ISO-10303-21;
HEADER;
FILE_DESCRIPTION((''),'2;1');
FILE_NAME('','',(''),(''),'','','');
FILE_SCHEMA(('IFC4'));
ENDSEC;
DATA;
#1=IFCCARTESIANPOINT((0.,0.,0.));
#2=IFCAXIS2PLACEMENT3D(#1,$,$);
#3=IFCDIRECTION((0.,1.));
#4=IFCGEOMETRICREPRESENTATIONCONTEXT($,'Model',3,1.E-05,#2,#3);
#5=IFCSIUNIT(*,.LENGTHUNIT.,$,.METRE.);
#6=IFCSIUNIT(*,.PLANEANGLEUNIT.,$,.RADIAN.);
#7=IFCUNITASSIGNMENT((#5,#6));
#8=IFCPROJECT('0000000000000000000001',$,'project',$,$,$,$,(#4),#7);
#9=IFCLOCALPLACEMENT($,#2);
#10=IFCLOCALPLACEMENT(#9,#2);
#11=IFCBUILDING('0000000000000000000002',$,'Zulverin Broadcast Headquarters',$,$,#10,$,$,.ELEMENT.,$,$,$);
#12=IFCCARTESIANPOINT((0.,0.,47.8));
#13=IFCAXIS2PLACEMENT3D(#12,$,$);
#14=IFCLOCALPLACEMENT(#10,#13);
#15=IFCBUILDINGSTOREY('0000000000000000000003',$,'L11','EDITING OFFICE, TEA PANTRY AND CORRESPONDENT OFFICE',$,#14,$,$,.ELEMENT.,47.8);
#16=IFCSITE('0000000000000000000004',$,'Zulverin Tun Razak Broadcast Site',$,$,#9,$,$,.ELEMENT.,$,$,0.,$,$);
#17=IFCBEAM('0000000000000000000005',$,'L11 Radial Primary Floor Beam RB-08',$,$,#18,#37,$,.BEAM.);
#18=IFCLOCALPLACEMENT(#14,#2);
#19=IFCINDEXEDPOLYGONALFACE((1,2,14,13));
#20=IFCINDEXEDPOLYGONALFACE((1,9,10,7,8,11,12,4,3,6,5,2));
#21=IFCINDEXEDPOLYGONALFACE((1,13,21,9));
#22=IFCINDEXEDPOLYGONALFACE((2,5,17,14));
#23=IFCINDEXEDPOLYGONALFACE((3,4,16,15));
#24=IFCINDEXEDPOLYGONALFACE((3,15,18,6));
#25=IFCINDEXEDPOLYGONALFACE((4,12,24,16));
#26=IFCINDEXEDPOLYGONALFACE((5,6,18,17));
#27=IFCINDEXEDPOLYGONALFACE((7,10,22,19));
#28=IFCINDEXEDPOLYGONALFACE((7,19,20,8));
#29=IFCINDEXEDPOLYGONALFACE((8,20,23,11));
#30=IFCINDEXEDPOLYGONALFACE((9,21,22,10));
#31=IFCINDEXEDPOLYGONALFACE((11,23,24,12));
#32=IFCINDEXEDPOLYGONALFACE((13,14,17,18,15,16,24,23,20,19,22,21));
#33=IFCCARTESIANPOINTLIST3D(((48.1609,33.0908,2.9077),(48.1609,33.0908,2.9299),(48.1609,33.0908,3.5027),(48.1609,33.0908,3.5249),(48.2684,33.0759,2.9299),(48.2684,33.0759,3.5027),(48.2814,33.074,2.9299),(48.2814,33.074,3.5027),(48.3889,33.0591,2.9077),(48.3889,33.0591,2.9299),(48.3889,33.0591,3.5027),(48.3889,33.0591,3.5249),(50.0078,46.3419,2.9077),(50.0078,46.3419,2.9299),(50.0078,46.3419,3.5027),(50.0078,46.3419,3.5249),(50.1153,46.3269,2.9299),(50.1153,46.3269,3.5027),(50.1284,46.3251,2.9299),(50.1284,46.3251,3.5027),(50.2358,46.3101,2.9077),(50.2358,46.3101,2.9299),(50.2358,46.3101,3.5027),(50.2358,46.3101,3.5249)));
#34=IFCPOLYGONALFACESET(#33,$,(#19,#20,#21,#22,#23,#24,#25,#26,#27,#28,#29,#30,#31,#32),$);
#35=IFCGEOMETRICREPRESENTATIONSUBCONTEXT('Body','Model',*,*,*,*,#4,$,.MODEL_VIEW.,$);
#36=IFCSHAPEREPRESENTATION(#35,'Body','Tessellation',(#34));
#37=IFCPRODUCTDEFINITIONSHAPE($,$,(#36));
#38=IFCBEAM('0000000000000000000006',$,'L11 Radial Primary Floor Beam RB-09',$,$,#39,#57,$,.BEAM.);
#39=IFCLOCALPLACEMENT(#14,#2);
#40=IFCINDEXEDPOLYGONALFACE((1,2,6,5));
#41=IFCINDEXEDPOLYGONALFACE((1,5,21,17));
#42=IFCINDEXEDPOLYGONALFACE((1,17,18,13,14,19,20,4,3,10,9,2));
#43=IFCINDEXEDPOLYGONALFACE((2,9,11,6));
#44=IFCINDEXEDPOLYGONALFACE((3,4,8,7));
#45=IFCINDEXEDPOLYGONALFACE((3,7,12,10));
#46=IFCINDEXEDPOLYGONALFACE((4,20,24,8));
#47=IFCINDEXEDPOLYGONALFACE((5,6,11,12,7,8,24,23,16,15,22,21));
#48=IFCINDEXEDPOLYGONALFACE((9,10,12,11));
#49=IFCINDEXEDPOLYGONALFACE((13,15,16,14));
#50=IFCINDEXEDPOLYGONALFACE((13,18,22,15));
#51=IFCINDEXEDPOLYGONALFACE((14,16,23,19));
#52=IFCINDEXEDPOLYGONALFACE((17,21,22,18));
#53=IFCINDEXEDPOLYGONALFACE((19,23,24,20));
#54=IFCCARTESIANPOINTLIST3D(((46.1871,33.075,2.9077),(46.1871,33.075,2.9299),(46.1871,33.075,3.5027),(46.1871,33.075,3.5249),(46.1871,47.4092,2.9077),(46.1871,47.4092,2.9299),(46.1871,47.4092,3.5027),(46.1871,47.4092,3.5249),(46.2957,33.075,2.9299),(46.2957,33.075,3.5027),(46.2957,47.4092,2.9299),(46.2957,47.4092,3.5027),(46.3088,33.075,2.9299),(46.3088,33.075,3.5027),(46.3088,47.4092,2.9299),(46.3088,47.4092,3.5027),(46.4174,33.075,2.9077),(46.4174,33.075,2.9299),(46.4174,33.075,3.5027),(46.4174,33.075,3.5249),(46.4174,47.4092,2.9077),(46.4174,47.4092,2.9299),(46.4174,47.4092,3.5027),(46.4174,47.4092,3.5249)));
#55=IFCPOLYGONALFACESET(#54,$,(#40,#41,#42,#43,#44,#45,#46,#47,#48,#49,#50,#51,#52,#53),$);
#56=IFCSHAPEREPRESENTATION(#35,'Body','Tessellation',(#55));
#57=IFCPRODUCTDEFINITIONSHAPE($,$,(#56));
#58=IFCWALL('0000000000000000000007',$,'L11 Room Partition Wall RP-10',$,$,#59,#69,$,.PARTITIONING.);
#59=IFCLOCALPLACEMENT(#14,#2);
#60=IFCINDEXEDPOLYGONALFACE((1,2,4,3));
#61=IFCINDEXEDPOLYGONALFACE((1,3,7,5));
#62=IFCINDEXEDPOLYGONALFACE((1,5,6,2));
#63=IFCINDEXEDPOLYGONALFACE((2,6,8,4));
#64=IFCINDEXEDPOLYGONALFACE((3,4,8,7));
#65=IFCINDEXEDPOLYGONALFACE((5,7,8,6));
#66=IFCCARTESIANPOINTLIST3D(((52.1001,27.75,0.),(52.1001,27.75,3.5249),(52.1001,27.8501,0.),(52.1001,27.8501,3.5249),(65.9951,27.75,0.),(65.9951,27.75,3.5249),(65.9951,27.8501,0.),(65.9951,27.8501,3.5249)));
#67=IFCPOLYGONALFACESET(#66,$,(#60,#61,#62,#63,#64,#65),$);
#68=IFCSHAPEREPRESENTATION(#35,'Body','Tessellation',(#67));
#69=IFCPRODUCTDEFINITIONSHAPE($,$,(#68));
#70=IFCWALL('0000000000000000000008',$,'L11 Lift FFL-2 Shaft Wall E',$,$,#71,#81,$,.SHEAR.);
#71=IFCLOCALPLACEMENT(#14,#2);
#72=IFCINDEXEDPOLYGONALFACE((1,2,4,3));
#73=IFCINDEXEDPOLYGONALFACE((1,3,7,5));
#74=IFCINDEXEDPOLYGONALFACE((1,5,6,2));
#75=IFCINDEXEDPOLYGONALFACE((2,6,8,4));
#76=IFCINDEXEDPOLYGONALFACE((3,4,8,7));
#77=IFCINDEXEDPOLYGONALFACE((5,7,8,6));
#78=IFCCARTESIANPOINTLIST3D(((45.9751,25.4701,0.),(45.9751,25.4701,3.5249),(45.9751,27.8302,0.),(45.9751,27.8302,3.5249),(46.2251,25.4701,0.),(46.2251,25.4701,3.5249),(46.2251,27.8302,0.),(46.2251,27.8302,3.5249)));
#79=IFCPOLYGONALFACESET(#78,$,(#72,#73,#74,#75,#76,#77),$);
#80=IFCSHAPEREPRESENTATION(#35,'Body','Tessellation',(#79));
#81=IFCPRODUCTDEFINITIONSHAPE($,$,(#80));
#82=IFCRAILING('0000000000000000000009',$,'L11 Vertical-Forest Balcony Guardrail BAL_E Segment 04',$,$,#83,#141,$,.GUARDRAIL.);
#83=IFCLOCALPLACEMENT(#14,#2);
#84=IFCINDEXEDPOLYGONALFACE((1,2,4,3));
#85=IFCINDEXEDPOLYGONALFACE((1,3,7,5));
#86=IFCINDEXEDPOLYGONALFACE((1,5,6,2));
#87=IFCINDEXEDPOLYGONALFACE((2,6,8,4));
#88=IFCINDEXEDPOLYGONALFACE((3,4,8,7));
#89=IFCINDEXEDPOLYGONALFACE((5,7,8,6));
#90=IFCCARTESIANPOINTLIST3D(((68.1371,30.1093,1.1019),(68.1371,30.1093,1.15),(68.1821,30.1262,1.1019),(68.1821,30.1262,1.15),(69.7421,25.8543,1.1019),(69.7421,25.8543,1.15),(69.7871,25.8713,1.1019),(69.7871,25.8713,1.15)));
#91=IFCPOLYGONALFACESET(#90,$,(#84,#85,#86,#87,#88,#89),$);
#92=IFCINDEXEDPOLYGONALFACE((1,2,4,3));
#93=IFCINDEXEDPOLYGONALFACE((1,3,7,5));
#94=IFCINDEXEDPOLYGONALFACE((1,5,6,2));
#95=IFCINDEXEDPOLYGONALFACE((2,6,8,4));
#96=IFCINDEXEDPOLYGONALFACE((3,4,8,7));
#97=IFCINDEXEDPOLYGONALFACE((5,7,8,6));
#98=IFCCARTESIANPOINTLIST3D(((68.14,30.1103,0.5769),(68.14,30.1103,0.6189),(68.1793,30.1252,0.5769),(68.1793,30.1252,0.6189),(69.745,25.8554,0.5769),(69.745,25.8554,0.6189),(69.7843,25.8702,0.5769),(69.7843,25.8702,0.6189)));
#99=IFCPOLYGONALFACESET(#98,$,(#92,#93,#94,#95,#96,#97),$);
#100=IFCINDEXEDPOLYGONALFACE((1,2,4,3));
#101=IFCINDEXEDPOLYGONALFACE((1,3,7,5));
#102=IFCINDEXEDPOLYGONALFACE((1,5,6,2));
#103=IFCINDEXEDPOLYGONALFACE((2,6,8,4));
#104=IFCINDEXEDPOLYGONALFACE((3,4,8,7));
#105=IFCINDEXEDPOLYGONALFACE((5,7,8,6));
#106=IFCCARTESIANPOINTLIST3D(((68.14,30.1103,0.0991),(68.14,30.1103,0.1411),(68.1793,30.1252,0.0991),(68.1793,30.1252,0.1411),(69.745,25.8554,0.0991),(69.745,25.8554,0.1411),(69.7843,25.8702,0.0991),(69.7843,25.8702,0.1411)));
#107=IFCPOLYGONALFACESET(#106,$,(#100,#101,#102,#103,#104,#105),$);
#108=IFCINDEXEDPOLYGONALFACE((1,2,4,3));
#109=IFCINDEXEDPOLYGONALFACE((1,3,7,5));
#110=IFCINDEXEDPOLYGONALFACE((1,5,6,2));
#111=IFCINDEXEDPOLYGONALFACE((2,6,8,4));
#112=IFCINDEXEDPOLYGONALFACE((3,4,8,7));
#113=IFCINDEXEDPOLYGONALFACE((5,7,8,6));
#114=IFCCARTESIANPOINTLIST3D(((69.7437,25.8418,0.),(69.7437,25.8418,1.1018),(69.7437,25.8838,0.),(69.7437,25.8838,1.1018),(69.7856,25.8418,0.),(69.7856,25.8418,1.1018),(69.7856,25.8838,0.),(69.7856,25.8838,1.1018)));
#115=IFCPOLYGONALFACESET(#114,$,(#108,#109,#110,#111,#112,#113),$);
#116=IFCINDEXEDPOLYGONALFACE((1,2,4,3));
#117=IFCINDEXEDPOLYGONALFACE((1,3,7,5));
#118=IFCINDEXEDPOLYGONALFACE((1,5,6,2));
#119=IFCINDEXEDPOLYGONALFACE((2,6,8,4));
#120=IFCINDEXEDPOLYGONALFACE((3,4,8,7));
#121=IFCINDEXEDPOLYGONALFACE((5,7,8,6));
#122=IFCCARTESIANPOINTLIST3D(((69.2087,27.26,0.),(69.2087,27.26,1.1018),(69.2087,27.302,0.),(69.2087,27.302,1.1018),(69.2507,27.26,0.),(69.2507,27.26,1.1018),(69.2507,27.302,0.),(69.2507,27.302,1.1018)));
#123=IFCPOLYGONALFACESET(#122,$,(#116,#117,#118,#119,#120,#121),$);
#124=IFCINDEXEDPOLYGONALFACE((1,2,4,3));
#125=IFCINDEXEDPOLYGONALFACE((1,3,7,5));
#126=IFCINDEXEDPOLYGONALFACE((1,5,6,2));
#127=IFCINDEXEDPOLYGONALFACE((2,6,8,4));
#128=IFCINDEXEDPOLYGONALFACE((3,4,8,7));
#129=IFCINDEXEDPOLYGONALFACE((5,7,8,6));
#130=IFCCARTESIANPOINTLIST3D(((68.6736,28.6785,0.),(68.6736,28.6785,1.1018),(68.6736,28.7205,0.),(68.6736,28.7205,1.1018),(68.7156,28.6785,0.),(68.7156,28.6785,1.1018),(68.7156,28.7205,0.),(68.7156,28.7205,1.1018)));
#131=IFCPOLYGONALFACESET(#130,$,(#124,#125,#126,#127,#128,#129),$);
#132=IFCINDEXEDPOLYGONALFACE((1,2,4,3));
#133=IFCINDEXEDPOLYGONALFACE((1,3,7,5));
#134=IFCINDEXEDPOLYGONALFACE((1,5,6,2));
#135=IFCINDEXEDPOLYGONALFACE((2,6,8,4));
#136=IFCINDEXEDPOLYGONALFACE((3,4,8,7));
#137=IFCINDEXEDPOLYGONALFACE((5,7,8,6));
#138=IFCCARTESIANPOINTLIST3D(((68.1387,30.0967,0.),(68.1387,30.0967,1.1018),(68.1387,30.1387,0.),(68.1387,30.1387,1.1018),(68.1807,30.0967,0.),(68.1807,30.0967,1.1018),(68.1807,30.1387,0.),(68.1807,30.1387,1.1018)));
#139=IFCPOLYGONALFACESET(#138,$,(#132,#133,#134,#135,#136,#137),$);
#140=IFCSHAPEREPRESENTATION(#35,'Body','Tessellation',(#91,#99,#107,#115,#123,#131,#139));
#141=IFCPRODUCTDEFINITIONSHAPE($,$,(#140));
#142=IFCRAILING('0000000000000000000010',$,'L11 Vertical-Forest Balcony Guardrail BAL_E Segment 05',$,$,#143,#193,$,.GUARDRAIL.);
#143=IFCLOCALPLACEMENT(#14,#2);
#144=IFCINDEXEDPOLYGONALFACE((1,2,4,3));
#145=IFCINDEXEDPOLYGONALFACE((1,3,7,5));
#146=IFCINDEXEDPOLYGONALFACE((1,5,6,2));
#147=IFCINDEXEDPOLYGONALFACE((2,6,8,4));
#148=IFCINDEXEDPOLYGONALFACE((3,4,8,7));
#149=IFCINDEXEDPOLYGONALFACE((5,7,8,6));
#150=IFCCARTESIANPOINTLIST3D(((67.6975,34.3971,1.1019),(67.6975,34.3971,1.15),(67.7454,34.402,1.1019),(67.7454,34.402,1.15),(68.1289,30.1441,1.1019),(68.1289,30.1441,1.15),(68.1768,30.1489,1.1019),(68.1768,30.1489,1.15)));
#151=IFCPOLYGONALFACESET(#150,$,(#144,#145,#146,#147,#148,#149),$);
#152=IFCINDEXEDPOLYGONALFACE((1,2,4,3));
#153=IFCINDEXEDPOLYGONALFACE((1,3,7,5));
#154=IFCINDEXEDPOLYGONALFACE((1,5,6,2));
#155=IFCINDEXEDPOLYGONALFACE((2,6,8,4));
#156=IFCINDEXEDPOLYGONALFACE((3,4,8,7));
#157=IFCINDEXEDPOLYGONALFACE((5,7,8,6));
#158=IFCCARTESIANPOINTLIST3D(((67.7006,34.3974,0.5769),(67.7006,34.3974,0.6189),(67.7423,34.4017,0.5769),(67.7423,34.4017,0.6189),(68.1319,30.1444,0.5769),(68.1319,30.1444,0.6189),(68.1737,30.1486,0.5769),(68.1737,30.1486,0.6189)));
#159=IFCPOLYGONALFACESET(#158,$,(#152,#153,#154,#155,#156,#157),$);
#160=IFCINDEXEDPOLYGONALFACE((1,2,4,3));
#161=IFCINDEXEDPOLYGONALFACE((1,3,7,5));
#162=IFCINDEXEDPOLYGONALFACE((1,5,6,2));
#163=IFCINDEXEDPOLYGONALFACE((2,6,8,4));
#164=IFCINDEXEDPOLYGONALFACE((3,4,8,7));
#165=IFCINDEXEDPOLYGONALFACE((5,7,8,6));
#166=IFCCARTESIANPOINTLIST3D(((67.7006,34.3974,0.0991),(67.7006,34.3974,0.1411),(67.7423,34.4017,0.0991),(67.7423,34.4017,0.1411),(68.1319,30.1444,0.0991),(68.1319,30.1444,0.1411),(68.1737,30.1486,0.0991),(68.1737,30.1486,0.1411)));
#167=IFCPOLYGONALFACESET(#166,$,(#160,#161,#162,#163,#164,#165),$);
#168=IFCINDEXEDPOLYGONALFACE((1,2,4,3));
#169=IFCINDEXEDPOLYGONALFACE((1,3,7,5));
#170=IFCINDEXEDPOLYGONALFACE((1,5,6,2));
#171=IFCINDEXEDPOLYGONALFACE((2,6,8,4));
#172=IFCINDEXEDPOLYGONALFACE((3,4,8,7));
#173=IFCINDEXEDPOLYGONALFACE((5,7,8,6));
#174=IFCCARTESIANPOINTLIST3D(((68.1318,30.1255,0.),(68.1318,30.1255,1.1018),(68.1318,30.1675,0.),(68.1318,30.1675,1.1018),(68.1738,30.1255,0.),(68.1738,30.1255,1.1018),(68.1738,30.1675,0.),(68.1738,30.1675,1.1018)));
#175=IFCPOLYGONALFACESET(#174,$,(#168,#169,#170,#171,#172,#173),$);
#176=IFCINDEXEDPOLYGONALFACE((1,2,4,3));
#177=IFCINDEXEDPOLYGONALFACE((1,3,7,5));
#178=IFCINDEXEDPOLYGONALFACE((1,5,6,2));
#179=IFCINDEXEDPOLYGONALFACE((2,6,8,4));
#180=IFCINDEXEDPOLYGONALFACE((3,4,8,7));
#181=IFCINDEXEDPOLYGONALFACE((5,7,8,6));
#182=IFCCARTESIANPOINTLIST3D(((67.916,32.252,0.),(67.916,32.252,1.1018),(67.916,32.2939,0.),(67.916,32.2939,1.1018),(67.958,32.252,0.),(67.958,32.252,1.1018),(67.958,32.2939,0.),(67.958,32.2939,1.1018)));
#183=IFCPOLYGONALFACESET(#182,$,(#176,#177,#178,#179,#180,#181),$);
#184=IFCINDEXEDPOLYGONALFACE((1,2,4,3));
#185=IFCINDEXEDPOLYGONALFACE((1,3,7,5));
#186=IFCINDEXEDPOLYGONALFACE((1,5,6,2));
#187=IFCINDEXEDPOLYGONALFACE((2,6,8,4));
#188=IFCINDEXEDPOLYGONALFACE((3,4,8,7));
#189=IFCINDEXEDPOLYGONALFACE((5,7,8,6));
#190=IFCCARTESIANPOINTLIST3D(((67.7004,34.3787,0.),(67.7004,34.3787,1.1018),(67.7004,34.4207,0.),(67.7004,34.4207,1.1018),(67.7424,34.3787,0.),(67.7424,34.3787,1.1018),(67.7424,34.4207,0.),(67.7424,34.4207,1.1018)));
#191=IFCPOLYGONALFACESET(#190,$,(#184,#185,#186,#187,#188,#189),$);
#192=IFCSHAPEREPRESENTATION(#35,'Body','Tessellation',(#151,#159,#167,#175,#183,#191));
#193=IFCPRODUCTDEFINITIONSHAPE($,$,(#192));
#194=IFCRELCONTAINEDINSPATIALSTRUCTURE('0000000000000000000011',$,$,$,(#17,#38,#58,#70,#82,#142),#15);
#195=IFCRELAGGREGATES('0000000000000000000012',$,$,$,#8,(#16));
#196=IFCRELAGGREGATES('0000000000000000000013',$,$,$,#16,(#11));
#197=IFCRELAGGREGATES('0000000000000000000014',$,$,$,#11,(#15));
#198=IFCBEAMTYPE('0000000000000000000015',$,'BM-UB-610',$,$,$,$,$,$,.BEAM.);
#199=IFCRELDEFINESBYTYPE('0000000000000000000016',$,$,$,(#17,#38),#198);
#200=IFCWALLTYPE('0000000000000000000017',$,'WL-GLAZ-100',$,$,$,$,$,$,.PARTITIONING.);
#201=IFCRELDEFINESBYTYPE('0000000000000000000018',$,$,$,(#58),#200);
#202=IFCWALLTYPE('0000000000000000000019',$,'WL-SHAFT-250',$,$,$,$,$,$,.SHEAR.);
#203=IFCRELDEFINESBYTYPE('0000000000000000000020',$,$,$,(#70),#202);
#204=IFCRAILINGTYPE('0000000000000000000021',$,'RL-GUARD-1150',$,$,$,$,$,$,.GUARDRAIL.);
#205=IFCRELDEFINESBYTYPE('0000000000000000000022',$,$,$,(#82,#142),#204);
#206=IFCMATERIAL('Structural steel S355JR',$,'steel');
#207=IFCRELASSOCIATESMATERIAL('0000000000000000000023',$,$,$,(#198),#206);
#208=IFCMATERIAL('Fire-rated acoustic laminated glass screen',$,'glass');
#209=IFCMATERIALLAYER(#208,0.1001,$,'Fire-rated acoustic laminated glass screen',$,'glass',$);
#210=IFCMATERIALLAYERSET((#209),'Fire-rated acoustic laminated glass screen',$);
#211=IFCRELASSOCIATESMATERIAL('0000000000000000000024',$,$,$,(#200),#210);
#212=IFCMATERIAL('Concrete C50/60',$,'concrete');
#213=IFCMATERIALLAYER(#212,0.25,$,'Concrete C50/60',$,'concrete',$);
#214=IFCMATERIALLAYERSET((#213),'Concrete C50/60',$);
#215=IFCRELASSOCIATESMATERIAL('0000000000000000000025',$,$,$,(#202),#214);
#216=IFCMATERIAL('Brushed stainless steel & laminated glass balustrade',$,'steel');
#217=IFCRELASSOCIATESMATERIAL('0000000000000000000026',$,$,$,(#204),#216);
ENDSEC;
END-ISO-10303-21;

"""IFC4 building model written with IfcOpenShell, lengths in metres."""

from ifc_helpers import new_model, si_unit, direction, frame, frame_2d, origin, origin_2d, place, context, subcontext, project, spatial, rectangle, i_section, extrude, material, layer, layer_set, material_profile, profile_set, type_object, element, save


model = new_model("IFC4")

# Units and contexts
model_context = context("Model", 3, precision=1e-05, world=origin(), true_north=direction((0.0, 1.0)))
body_context = subcontext(model_context, "Body", "Model", "MODEL_VIEW")
ifc_project = project(units=[si_unit("LENGTHUNIT", "METRE"), si_unit("PLANEANGLEUNIT", "RADIAN")], contexts=[model_context])

# Site, building, storey
site_placement = place(None, origin())
site = spatial("IfcSite", under=ifc_project, at=site_placement, Name="Zulverin Tun Razak Broadcast Site", CompositionType="ELEMENT", RefElevation=0.0)
building_placement = place(site_placement, origin())
building = spatial("IfcBuilding", under=site, at=building_placement, Name="Zulverin Broadcast Headquarters", CompositionType="ELEMENT")
storey_placement = place(building_placement, frame((0.0, 0.0, 47.8)))
storey = spatial("IfcBuildingStorey", under=building, at=storey_placement, Name="L11", Description="EDITING OFFICE, TEA PANTRY AND CORRESPONDENT OFFICE", CompositionType="ELEMENT", Elevation=47.8)

# Beams
ifc_material_1 = material(Name="Structural steel S355JR", Category="steel")
ifc_material_profile_1 = material_profile(ifc_material_1, i_section(OverallWidth=0.2302, OverallDepth=0.6172, WebThickness=0.0132, FlangeThickness=0.0222, at=origin_2d()), Name="Structural steel S355JR", Category="steel")
ifc_profile_set_1 = profile_set([ifc_material_profile_1], Name="Structural steel S355JR")
beam_type_1 = type_object("IfcBeamType", Name="BM-UB-610", PredefinedType="BEAM", material=ifc_profile_set_1)
beam_1_placement = place(storey_placement, frame((48.2749, 33.075, 3.2163), z_axis=(0.138046, 0.990426, 0.0), x_axis=(-0.990426, 0.138046, 0.0)))
element("IfcBeam", 1, at=beam_1_placement, inside=storey, type_object=beam_type_1, Name="L11 Radial Primary Floor Beam RB-08", PredefinedType="BEAM", context=body_context, shape_type="SweptSolid", body=[
    extrude(i_section(OverallWidth=0.2302, OverallDepth=0.6172, WebThickness=0.0132, FlangeThickness=0.0222, at=origin_2d()), origin(), (0.0, 0.0, 1.0), 13.3792),
])
beam_2_placement = place(storey_placement, frame((46.3022, 33.075, 3.2163), z_axis=(0.0, 1.0, 0.0), x_axis=(-1.0, 0.0, 0.0)))
element("IfcBeam", 2, at=beam_2_placement, inside=storey, type_object=beam_type_1, Name="L11 Radial Primary Floor Beam RB-09", PredefinedType="BEAM", context=body_context, shape_type="SweptSolid", body=[
    extrude(i_section(OverallWidth=0.2302, OverallDepth=0.6172, WebThickness=0.0132, FlangeThickness=0.0222, at=origin_2d()), origin(), (0.0, 0.0, 1.0), 14.3342),
])

# Walls
ifc_material_2 = material(Name="Fire-rated acoustic laminated glass screen", Category="glass")
ifc_layer_1 = layer(ifc_material_2, 0.1001, Name="Fire-rated acoustic laminated glass screen", Category="glass")
ifc_layer_set_1 = layer_set([ifc_layer_1], Name="Fire-rated acoustic laminated glass screen")
wall_type_1 = type_object("IfcWallType", Name="WL-GLAZ-100", PredefinedType="PARTITIONING", material=ifc_layer_set_1)
wall_1_placement = place(storey_placement, frame((52.1001, 27.8, 0.0), z_axis=(0.0, 0.0, 1.0), x_axis=(1.0, 0.0, 0.0)))
element("IfcWall", 3, at=wall_1_placement, inside=storey, type_object=wall_type_1, Name="L11 Room Partition Wall RP-10", PredefinedType="PARTITIONING", context=body_context, shape_type="SweptSolid", body=[
    extrude(rectangle(XDim=13.895, YDim=0.1001, at=frame_2d((6.9475, 0.0))), origin(), (0.0, 0.0, 1.0), 3.5249),
])
ifc_material_3 = material(Name="Concrete C50/60", Category="concrete")
ifc_layer_2 = layer(ifc_material_3, 0.25, Name="Concrete C50/60", Category="concrete")
ifc_layer_set_2 = layer_set([ifc_layer_2], Name="Concrete C50/60")
wall_type_2 = type_object("IfcWallType", Name="WL-SHAFT-250", PredefinedType="SHEAR", material=ifc_layer_set_2)
wall_2_placement = place(storey_placement, frame((46.1001, 25.47, 0.0), z_axis=(0.0, 0.0, 1.0), x_axis=(0.0, 1.0, 0.0)))
element("IfcWall", 4, at=wall_2_placement, inside=storey, type_object=wall_type_2, Name="L11 Lift FFL-2 Shaft Wall E", PredefinedType="SHEAR", context=body_context, shape_type="SweptSolid", body=[
    extrude(rectangle(XDim=2.3601, YDim=0.25, at=frame_2d((1.1802, 0.0))), origin(), (0.0, 0.0, 1.0), 3.5249),
])

# Railings
ifc_material_4 = material(Name="Brushed stainless steel & laminated glass balustrade", Category="steel")
railing_type = type_object("IfcRailingType", Name="RL-GUARD-1150", PredefinedType="GUARDRAIL", material=ifc_material_4)
railing_1_placement = place(storey_placement, frame((69.7646, 25.8628, 0.0)))
element("IfcRailing", 5, at=railing_1_placement, inside=storey, type_object=railing_type, Name="L11 Vertical-Forest Balcony Guardrail BAL_E Segment 04", PredefinedType="GUARDRAIL", context=body_context, shape_type="SweptSolid", body=[
    extrude(rectangle(XDim=0.0481, YDim=0.0481, at=origin_2d()), frame((0.0, 0.0, 1.126), z_axis=(-0.352935, 0.935648, 0.0), x_axis=(-0.935648, -0.352935, 0.0)), (0.0, 0.0, 1.0), 4.5476),
    extrude(rectangle(XDim=0.042, YDim=0.042, at=origin_2d()), frame((0.0, 0.0, 0.5979), z_axis=(-0.352935, 0.935648, 0.0), x_axis=(-0.935648, -0.352935, 0.0)), (0.0, 0.0, 1.0), 4.5476),
    extrude(rectangle(XDim=0.042, YDim=0.042, at=origin_2d()), frame((0.0, 0.0, 0.1201), z_axis=(-0.352935, 0.935648, 0.0), x_axis=(-0.935648, -0.352935, 0.0)), (0.0, 0.0, 1.0), 4.5476),
    extrude(rectangle(XDim=0.042, YDim=0.042, at=origin_2d()), origin(), (0.0, 0.0, 1.0), 1.1018),
    extrude(rectangle(XDim=0.042, YDim=0.042, at=origin_2d()), frame((-0.5349, 1.4182, 0.0)), (0.0, 0.0, 1.0), 1.1018),
    extrude(rectangle(XDim=0.042, YDim=0.042, at=origin_2d()), frame((-1.0701, 2.8367, 0.0)), (0.0, 0.0, 1.0), 1.1018),
    extrude(rectangle(XDim=0.042, YDim=0.042, at=origin_2d()), frame((-1.605, 4.2549, 0.0)), (0.0, 0.0, 1.0), 1.1018),
])
railing_2_placement = place(storey_placement, frame((68.1528, 30.1465, 0.0)))
element("IfcRailing", 6, at=railing_2_placement, inside=storey, type_object=railing_type, Name="L11 Vertical-Forest Balcony Guardrail BAL_E Segment 05", PredefinedType="GUARDRAIL", context=body_context, shape_type="SweptSolid", body=[
    extrude(rectangle(XDim=0.0481, YDim=0.0481, at=origin_2d()), frame((0.0, 0.0, 1.126), z_axis=(-0.100912, 0.994895, 0.0), x_axis=(-0.994895, -0.100912, 0.0)), (0.0, 0.0, 1.0), 4.2749),
    extrude(rectangle(XDim=0.042, YDim=0.042, at=origin_2d()), frame((0.0, 0.0, 0.5979), z_axis=(-0.100912, 0.994895, 0.0), x_axis=(-0.994895, -0.100912, 0.0)), (0.0, 0.0, 1.0), 4.2749),
    extrude(rectangle(XDim=0.042, YDim=0.042, at=origin_2d()), frame((0.0, 0.0, 0.1201), z_axis=(-0.100912, 0.994895, 0.0), x_axis=(-0.994895, -0.100912, 0.0)), (0.0, 0.0, 1.0), 4.2749),
    extrude(rectangle(XDim=0.042, YDim=0.042, at=origin_2d()), origin(), (0.0, 0.0, 1.0), 1.1018),
    extrude(rectangle(XDim=0.042, YDim=0.042, at=origin_2d()), frame((-0.2158, 2.1265, 0.0)), (0.0, 0.0, 1.0), 1.1018),
    extrude(rectangle(XDim=0.042, YDim=0.042, at=origin_2d()), frame((-0.4314, 4.2532, 0.0)), (0.0, 0.0, 1.0), 1.1018),
])

save(model, "model.ifc")
